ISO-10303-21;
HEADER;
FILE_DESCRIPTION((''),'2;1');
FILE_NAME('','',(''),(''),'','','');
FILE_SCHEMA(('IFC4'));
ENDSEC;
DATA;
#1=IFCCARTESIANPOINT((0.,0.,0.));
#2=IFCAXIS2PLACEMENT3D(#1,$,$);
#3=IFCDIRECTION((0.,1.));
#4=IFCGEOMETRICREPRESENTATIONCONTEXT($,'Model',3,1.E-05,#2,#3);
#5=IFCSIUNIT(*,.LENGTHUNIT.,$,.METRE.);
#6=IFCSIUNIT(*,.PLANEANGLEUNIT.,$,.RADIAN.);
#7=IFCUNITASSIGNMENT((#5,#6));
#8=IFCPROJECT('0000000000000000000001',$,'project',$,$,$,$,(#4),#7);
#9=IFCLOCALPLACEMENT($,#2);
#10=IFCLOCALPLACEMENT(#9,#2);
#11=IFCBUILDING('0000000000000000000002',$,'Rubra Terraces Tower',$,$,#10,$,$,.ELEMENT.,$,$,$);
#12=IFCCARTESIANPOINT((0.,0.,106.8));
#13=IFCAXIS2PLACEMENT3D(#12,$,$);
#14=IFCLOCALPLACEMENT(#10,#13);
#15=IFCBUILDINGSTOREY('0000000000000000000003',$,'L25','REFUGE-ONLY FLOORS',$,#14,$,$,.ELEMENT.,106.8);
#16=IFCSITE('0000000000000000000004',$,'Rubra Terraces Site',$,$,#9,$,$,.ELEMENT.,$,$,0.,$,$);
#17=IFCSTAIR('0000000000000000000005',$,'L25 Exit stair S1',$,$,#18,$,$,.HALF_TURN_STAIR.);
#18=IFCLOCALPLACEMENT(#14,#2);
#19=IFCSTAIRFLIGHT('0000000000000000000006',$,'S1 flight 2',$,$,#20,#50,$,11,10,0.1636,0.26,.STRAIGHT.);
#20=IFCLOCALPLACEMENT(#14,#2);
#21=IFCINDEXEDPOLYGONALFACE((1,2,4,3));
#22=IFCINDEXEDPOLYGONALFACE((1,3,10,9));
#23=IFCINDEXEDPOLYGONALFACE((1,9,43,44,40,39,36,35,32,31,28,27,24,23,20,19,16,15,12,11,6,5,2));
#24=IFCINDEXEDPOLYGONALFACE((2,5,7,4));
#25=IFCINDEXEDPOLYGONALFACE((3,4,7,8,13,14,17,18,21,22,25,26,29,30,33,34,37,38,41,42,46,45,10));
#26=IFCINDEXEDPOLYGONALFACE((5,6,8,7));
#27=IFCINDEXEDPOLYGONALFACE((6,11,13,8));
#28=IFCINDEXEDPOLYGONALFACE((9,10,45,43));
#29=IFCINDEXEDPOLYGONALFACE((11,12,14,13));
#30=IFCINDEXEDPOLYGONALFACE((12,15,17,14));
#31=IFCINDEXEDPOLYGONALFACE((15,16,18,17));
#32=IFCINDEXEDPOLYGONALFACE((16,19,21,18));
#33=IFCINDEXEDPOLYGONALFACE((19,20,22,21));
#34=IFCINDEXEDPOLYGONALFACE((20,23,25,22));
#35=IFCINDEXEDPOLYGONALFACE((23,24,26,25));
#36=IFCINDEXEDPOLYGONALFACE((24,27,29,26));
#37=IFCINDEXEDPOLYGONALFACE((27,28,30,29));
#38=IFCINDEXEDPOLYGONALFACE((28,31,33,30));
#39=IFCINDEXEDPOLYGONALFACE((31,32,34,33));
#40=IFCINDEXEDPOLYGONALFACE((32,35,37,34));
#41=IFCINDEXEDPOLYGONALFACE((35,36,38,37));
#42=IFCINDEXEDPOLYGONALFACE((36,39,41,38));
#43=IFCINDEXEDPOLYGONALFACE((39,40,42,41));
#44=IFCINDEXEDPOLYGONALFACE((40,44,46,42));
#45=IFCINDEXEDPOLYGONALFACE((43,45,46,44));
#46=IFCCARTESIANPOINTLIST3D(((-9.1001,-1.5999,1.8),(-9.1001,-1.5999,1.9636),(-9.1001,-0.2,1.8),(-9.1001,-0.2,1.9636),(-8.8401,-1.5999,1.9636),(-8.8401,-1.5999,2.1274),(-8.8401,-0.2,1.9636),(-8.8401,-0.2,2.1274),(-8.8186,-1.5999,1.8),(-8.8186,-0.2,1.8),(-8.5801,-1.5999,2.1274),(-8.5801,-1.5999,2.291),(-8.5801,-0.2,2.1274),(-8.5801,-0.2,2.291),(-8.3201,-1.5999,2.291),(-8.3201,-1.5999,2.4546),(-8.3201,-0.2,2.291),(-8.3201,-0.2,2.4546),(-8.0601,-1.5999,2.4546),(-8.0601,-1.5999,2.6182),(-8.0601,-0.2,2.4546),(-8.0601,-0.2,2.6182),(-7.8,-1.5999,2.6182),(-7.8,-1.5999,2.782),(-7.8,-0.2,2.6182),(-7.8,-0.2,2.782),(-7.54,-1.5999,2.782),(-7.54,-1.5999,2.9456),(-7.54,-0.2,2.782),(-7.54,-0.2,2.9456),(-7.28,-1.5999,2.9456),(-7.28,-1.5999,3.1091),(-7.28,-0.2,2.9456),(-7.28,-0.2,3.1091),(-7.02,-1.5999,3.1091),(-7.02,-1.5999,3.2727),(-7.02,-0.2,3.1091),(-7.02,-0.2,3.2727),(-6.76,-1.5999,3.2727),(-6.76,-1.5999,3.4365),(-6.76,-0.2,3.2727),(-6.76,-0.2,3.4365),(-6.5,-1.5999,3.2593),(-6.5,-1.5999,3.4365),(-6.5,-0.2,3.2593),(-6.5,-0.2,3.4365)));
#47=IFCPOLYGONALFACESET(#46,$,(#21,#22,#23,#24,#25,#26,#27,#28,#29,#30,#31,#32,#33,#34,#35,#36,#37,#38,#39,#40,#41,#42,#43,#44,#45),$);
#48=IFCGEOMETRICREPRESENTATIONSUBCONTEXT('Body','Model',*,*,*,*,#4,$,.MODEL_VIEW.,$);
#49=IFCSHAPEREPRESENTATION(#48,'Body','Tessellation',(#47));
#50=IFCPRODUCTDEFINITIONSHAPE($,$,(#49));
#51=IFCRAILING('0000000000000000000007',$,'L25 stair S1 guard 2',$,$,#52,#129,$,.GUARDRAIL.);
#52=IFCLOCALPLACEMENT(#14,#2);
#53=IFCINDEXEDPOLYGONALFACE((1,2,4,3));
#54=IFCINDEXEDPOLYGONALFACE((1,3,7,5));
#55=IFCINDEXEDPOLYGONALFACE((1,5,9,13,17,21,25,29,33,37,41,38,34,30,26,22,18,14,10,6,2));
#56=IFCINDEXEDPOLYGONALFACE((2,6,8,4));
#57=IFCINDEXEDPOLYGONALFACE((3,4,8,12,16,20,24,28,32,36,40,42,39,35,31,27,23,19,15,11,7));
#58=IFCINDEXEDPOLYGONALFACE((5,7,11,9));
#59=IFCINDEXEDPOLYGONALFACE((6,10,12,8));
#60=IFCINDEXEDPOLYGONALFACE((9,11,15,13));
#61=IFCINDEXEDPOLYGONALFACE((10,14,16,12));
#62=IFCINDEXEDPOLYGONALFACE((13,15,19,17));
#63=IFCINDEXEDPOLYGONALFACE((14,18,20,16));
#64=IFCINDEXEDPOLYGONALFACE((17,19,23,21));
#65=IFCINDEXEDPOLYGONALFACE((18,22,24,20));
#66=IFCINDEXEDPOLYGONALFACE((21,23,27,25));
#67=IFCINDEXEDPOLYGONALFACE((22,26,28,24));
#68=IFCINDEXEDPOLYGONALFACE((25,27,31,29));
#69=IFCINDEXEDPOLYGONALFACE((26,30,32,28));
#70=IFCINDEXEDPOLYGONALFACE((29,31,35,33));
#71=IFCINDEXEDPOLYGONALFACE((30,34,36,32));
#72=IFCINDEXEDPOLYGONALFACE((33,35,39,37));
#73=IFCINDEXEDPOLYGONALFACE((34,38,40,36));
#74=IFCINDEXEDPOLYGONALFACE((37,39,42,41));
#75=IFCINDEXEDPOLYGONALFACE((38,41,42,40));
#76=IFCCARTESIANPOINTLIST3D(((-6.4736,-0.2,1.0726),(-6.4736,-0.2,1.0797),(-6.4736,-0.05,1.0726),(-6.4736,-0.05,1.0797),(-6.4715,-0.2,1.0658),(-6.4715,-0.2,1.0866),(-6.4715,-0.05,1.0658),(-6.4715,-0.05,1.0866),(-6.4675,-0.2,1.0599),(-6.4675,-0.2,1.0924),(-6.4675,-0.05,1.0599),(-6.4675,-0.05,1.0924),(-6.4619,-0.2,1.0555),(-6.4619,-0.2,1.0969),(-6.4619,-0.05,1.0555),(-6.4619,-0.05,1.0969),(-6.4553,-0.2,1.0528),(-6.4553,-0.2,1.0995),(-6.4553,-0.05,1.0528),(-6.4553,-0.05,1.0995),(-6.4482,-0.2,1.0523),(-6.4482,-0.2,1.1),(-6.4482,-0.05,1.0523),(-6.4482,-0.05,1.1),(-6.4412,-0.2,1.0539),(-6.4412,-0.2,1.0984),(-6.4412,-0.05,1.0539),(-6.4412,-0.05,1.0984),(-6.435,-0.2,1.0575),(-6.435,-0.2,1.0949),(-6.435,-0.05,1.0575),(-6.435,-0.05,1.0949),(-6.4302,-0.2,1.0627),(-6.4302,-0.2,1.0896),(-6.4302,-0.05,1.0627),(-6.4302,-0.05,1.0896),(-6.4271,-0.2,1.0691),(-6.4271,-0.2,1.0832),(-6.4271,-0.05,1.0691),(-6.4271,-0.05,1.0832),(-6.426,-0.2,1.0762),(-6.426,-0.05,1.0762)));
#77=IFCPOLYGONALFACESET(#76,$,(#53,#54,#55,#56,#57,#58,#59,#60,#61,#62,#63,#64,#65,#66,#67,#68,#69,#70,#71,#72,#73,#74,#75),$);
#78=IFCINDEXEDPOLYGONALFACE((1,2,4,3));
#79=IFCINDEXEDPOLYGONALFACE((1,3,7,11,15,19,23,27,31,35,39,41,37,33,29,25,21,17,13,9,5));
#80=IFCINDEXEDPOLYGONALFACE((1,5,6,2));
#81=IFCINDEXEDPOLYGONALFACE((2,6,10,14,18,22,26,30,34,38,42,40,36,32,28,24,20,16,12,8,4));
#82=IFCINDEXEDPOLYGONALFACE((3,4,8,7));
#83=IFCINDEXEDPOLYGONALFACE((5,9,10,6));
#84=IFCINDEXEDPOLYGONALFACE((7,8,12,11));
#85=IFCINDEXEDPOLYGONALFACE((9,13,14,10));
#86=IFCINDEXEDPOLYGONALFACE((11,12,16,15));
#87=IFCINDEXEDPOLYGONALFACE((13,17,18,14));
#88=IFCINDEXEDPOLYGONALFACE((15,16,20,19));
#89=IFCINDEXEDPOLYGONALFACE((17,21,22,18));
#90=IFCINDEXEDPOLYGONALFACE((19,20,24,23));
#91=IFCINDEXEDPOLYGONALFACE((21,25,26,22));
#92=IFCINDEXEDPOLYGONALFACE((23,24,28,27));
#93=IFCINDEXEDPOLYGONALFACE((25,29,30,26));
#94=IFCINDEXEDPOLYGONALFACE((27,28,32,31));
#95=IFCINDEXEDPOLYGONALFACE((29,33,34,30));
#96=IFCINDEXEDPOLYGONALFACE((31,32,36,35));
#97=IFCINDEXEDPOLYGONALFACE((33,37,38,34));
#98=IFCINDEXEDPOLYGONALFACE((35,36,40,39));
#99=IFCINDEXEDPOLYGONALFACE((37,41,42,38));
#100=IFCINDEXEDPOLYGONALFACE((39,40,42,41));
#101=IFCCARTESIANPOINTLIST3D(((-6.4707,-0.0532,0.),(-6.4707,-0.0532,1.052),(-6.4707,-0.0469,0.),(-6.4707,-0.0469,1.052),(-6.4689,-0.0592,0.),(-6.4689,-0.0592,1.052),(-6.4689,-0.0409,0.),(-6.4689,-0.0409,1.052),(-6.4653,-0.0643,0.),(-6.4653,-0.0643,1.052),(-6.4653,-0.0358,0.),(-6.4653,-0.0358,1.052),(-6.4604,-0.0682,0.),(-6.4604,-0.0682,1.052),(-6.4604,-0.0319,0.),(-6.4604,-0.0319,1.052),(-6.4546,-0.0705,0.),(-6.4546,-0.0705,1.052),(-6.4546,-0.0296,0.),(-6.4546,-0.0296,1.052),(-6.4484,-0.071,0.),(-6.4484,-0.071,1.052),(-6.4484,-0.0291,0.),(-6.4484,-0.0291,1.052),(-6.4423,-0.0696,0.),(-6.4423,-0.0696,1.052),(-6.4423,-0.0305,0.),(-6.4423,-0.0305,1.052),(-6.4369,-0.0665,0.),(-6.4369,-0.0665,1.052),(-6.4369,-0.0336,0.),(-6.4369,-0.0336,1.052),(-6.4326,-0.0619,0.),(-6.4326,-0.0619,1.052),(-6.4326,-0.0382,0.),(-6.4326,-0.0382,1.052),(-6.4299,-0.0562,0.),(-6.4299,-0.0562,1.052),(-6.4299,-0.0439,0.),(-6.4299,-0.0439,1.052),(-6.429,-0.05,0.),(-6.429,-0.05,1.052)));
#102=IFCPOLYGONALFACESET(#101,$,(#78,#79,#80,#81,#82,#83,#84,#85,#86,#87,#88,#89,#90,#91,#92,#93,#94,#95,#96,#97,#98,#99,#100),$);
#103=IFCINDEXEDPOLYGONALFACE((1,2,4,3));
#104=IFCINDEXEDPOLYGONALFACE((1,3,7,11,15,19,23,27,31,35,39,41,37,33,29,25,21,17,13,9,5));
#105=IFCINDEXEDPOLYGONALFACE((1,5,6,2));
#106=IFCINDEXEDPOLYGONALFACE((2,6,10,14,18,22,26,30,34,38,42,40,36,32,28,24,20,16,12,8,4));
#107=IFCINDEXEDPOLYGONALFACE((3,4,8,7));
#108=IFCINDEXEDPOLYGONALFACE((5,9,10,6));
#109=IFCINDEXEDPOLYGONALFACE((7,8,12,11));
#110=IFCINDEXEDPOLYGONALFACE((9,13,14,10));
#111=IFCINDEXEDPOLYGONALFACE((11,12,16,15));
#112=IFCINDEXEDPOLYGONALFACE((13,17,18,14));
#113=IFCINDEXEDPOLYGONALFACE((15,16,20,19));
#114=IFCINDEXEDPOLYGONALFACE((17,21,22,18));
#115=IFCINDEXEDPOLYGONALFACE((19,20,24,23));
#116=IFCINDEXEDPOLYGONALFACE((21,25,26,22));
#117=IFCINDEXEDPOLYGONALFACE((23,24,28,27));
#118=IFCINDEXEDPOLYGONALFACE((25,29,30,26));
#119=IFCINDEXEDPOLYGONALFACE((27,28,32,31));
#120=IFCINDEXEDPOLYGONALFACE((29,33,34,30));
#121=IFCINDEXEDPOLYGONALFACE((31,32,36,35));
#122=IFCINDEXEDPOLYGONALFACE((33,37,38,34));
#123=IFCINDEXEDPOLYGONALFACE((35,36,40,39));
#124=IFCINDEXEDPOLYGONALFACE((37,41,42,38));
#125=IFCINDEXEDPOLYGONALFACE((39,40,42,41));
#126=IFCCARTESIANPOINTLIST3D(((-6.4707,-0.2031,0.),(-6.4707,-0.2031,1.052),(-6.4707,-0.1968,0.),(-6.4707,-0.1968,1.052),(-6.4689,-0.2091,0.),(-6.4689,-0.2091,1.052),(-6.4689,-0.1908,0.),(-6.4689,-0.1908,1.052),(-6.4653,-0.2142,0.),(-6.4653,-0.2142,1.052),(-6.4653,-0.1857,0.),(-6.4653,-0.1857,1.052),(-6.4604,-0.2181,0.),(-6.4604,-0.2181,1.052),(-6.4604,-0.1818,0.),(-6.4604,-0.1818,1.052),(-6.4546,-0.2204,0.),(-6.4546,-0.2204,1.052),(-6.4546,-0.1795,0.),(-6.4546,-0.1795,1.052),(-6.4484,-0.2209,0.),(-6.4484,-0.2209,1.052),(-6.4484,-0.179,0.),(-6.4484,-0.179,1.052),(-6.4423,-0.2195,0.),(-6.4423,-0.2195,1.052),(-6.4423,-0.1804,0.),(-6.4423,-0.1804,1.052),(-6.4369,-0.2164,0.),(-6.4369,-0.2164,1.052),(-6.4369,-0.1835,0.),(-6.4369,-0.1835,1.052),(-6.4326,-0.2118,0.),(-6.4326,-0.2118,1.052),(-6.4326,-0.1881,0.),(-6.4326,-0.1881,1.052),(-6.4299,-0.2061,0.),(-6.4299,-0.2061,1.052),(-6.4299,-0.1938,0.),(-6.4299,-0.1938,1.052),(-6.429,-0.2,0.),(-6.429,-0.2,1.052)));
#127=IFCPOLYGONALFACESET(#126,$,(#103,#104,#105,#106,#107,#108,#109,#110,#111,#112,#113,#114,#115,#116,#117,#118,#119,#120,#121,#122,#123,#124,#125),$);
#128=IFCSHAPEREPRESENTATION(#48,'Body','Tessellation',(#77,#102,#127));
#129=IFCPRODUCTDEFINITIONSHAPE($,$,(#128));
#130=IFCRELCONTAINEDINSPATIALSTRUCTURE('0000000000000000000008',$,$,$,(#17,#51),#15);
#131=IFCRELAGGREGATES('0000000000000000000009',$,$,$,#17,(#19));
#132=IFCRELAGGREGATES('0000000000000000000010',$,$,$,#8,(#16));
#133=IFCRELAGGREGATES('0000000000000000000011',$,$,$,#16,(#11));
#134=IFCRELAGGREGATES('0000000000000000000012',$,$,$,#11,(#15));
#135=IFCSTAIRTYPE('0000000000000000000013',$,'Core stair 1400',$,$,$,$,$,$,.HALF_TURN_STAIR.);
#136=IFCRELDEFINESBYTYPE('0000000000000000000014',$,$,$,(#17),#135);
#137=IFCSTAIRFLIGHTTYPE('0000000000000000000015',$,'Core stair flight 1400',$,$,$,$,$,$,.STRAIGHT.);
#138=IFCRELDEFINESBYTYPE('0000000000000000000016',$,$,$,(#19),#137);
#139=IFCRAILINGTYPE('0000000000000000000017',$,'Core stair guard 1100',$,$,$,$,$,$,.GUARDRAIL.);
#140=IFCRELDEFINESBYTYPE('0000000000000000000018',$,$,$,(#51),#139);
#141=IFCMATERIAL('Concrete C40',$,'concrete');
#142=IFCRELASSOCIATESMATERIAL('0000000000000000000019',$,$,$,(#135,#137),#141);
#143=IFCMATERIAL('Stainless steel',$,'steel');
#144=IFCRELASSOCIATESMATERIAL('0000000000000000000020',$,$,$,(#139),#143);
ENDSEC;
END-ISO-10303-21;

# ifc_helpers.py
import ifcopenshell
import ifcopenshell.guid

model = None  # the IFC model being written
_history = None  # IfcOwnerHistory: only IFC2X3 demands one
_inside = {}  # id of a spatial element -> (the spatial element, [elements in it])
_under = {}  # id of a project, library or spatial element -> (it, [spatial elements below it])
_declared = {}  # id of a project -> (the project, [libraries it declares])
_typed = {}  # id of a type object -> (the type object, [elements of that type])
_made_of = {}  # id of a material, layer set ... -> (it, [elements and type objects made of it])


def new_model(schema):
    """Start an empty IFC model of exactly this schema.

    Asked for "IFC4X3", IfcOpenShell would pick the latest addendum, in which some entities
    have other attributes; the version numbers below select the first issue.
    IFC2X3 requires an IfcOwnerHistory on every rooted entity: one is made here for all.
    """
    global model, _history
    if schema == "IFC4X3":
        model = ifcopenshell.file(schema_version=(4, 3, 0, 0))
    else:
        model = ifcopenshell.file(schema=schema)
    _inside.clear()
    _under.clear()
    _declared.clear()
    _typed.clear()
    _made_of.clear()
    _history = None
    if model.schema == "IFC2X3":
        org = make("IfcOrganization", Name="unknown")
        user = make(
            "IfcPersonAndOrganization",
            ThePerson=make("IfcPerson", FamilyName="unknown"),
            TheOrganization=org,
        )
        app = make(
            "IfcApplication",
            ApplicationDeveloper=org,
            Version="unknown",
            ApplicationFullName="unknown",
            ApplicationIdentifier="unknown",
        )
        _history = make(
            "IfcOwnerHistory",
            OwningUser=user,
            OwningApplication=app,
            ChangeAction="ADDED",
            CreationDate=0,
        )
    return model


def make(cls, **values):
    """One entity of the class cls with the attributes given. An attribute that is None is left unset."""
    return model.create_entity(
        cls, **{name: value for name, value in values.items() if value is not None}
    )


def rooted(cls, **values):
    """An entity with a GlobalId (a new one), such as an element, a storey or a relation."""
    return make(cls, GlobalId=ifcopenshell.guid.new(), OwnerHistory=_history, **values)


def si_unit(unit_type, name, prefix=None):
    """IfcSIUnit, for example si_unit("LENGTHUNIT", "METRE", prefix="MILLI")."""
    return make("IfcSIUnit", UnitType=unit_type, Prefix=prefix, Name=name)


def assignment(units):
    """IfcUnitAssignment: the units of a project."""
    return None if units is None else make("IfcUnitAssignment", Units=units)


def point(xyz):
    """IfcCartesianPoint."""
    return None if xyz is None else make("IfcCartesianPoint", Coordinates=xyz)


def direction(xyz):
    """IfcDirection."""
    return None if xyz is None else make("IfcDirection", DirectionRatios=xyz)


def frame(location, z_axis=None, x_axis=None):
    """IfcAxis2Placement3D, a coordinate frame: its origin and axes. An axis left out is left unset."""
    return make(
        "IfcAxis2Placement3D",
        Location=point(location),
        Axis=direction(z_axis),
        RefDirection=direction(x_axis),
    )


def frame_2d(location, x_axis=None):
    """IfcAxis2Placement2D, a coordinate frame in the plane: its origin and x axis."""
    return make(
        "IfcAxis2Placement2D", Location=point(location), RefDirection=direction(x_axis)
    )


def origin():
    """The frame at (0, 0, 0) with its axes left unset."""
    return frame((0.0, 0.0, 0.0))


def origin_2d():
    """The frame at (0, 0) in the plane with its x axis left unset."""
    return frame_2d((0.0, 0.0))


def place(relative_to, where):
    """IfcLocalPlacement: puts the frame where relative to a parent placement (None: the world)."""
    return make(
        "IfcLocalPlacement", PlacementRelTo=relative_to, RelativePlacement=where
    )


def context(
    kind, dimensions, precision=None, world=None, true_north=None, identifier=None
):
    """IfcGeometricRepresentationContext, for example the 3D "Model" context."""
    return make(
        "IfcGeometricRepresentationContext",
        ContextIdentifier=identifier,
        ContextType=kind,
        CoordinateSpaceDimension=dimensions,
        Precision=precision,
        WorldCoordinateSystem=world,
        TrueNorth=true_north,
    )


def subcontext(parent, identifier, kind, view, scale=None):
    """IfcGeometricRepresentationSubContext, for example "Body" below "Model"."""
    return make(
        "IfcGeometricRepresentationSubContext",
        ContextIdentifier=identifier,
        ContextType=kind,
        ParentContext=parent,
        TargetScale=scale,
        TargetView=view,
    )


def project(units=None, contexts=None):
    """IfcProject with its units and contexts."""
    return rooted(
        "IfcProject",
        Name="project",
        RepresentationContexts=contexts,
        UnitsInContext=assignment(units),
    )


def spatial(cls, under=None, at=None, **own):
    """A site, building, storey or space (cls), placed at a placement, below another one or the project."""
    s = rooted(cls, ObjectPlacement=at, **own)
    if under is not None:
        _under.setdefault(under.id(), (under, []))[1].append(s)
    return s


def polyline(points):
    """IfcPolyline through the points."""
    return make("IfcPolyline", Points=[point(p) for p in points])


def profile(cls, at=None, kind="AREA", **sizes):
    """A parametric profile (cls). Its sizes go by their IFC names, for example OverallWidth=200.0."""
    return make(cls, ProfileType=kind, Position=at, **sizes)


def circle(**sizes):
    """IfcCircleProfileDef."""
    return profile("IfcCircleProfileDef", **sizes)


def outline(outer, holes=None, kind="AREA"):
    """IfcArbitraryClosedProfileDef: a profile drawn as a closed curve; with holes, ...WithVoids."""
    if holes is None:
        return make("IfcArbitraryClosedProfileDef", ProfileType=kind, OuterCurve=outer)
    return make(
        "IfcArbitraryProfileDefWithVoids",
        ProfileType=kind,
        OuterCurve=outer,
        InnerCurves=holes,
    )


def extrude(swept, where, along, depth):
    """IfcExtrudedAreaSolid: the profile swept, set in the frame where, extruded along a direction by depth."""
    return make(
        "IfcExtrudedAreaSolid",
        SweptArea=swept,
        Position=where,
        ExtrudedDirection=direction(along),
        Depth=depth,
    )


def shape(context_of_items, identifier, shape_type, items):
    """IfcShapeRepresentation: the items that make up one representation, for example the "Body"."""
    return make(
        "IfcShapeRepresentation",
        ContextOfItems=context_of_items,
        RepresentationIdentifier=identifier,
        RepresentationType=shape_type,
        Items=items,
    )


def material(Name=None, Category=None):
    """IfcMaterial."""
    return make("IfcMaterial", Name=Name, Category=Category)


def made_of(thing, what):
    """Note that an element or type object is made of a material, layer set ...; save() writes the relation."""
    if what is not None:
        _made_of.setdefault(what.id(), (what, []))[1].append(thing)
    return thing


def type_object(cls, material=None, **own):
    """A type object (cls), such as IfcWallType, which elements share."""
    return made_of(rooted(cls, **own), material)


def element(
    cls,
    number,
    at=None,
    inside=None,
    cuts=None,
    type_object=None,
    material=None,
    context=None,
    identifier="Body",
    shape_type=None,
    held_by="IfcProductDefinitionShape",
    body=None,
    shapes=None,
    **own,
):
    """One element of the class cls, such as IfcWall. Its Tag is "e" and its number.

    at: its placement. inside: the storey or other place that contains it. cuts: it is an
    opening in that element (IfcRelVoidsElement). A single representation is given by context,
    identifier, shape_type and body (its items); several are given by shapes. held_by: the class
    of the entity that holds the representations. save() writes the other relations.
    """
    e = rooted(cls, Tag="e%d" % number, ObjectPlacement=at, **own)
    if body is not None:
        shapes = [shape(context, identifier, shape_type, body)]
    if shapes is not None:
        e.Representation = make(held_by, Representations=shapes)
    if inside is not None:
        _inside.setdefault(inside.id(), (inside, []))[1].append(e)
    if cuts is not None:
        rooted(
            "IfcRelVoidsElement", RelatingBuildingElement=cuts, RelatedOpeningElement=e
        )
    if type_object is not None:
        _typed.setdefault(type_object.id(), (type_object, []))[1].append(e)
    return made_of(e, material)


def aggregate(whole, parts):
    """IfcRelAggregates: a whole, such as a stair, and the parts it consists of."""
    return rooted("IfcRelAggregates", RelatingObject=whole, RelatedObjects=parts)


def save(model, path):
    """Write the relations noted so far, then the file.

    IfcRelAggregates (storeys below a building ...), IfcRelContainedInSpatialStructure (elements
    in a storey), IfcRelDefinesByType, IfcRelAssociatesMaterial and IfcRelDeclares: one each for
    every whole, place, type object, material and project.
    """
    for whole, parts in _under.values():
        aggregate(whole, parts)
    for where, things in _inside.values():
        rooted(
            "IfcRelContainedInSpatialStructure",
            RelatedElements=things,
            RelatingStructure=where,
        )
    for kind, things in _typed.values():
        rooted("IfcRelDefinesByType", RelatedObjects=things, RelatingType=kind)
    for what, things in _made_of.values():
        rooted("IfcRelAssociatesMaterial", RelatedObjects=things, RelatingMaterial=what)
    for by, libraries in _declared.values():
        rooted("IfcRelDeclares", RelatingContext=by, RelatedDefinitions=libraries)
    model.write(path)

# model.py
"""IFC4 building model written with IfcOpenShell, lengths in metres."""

from ifc_helpers import new_model, si_unit, direction, frame, origin, origin_2d, place, context, subcontext, project, spatial, polyline, circle, outline, extrude, material, type_object, element, aggregate, save


model = new_model("IFC4")

# Units and contexts
model_context = context("Model", 3, precision=1e-05, world=origin(), true_north=direction((0.0, 1.0)))
body_context = subcontext(model_context, "Body", "Model", "MODEL_VIEW")
ifc_project = project(units=[si_unit("LENGTHUNIT", "METRE"), si_unit("PLANEANGLEUNIT", "RADIAN")], contexts=[model_context])

# Site, building, storey
site_placement = place(None, origin())
site = spatial("IfcSite", under=ifc_project, at=site_placement, Name="Rubra Terraces Site", CompositionType="ELEMENT", RefElevation=0.0)
building_placement = place(site_placement, origin())
building = spatial("IfcBuilding", under=site, at=building_placement, Name="Rubra Terraces Tower", CompositionType="ELEMENT")
storey_placement = place(building_placement, frame((0.0, 0.0, 106.8)))
storey = spatial("IfcBuildingStorey", under=building, at=storey_placement, Name="L25", Description="REFUGE-ONLY FLOORS", CompositionType="ELEMENT", Elevation=106.8)

# Shared definitions
ifc_material_1 = material(Name="Concrete C40", Category="concrete")

# Stair, stair flight
stair_type = type_object("IfcStairType", Name="Core stair 1400", PredefinedType="HALF_TURN_STAIR", material=ifc_material_1)
stair_placement = place(storey_placement, origin())
stair = element("IfcStair", 1, at=stair_placement, inside=storey, type_object=stair_type, Name="L25 Exit stair S1", PredefinedType="HALF_TURN_STAIR")
stair_flight_type = type_object("IfcStairFlightType", Name="Core stair flight 1400", PredefinedType="STRAIGHT", material=ifc_material_1)
stair_flight_1_placement = place(storey_placement, frame((-9.1001, -0.8999, 1.8), z_axis=(0.0, 0.0, 1.0), x_axis=(1.0, 0.0, 0.0)))
stair_flight_1 = element("IfcStairFlight", 2, at=stair_flight_1_placement, type_object=stair_flight_type, Name="S1 flight 2", NumberOfRisers=11, NumberOfTreads=10, PredefinedType="STRAIGHT", RiserHeight=0.1636, TreadLength=0.26, context=body_context, shape_type="SweptSolid", body=[
    extrude(outline(polyline([(0.0, 0.0), (0.0, 0.1636), (0.26, 0.1636), (0.26, 0.3274), (0.52, 0.3274), (0.52, 0.491), (0.78, 0.491), (0.78, 0.6545), (1.04, 0.6545), (1.04, 0.8181), (1.3, 0.8181), (1.3, 0.9819), (1.5601, 0.9819), (1.5601, 1.1455), (1.8201, 1.1455), (1.8201, 1.3091), (2.0801, 1.3091), (2.0801, 1.4727), (2.3401, 1.4727), (2.3401, 1.6365), (2.6001, 1.6365), (2.6001, 1.8), (2.6001, 1.4592), (0.2815, 0.0), (0.0, 0.0)])), frame((0.0, 0.7, 0.0), z_axis=(0.0, -1.0, 0.0), x_axis=(1.0, 0.0, 0.0)), (0.0, 0.0, 1.0), 1.3999),
])
aggregate(stair, [stair_flight_1])

# Railing
ifc_material_2 = material(Name="Stainless steel", Category="steel")
railing_type_1 = type_object("IfcRailingType", Name="Core stair guard 1100", PredefinedType="GUARDRAIL", material=ifc_material_2)
railing_1_placement = place(storey_placement, frame((-6.45, -0.05, 0.0)))
element("IfcRailing", 3, at=railing_1_placement, inside=storey, type_object=railing_type_1, Name="L25 stair S1 guard 2", PredefinedType="GUARDRAIL", context=body_context, shape_type="SweptSolid", body=[
    extrude(circle(Radius=0.0239, at=origin_2d()), frame((0.0, 0.0, 1.0762), z_axis=(0.0, -1.0, 0.0), x_axis=(1.0, 0.0, 0.0)), (0.0, 0.0, 1.0), 0.1499),
    extrude(circle(Radius=0.021, at=origin_2d()), origin(), (0.0, 0.0, 1.0), 1.052),
    extrude(circle(Radius=0.021, at=origin_2d()), frame((0.0, -0.1499, 0.0)), (0.0, 0.0, 1.0), 1.052),
])

save(model, "model.ifc")
